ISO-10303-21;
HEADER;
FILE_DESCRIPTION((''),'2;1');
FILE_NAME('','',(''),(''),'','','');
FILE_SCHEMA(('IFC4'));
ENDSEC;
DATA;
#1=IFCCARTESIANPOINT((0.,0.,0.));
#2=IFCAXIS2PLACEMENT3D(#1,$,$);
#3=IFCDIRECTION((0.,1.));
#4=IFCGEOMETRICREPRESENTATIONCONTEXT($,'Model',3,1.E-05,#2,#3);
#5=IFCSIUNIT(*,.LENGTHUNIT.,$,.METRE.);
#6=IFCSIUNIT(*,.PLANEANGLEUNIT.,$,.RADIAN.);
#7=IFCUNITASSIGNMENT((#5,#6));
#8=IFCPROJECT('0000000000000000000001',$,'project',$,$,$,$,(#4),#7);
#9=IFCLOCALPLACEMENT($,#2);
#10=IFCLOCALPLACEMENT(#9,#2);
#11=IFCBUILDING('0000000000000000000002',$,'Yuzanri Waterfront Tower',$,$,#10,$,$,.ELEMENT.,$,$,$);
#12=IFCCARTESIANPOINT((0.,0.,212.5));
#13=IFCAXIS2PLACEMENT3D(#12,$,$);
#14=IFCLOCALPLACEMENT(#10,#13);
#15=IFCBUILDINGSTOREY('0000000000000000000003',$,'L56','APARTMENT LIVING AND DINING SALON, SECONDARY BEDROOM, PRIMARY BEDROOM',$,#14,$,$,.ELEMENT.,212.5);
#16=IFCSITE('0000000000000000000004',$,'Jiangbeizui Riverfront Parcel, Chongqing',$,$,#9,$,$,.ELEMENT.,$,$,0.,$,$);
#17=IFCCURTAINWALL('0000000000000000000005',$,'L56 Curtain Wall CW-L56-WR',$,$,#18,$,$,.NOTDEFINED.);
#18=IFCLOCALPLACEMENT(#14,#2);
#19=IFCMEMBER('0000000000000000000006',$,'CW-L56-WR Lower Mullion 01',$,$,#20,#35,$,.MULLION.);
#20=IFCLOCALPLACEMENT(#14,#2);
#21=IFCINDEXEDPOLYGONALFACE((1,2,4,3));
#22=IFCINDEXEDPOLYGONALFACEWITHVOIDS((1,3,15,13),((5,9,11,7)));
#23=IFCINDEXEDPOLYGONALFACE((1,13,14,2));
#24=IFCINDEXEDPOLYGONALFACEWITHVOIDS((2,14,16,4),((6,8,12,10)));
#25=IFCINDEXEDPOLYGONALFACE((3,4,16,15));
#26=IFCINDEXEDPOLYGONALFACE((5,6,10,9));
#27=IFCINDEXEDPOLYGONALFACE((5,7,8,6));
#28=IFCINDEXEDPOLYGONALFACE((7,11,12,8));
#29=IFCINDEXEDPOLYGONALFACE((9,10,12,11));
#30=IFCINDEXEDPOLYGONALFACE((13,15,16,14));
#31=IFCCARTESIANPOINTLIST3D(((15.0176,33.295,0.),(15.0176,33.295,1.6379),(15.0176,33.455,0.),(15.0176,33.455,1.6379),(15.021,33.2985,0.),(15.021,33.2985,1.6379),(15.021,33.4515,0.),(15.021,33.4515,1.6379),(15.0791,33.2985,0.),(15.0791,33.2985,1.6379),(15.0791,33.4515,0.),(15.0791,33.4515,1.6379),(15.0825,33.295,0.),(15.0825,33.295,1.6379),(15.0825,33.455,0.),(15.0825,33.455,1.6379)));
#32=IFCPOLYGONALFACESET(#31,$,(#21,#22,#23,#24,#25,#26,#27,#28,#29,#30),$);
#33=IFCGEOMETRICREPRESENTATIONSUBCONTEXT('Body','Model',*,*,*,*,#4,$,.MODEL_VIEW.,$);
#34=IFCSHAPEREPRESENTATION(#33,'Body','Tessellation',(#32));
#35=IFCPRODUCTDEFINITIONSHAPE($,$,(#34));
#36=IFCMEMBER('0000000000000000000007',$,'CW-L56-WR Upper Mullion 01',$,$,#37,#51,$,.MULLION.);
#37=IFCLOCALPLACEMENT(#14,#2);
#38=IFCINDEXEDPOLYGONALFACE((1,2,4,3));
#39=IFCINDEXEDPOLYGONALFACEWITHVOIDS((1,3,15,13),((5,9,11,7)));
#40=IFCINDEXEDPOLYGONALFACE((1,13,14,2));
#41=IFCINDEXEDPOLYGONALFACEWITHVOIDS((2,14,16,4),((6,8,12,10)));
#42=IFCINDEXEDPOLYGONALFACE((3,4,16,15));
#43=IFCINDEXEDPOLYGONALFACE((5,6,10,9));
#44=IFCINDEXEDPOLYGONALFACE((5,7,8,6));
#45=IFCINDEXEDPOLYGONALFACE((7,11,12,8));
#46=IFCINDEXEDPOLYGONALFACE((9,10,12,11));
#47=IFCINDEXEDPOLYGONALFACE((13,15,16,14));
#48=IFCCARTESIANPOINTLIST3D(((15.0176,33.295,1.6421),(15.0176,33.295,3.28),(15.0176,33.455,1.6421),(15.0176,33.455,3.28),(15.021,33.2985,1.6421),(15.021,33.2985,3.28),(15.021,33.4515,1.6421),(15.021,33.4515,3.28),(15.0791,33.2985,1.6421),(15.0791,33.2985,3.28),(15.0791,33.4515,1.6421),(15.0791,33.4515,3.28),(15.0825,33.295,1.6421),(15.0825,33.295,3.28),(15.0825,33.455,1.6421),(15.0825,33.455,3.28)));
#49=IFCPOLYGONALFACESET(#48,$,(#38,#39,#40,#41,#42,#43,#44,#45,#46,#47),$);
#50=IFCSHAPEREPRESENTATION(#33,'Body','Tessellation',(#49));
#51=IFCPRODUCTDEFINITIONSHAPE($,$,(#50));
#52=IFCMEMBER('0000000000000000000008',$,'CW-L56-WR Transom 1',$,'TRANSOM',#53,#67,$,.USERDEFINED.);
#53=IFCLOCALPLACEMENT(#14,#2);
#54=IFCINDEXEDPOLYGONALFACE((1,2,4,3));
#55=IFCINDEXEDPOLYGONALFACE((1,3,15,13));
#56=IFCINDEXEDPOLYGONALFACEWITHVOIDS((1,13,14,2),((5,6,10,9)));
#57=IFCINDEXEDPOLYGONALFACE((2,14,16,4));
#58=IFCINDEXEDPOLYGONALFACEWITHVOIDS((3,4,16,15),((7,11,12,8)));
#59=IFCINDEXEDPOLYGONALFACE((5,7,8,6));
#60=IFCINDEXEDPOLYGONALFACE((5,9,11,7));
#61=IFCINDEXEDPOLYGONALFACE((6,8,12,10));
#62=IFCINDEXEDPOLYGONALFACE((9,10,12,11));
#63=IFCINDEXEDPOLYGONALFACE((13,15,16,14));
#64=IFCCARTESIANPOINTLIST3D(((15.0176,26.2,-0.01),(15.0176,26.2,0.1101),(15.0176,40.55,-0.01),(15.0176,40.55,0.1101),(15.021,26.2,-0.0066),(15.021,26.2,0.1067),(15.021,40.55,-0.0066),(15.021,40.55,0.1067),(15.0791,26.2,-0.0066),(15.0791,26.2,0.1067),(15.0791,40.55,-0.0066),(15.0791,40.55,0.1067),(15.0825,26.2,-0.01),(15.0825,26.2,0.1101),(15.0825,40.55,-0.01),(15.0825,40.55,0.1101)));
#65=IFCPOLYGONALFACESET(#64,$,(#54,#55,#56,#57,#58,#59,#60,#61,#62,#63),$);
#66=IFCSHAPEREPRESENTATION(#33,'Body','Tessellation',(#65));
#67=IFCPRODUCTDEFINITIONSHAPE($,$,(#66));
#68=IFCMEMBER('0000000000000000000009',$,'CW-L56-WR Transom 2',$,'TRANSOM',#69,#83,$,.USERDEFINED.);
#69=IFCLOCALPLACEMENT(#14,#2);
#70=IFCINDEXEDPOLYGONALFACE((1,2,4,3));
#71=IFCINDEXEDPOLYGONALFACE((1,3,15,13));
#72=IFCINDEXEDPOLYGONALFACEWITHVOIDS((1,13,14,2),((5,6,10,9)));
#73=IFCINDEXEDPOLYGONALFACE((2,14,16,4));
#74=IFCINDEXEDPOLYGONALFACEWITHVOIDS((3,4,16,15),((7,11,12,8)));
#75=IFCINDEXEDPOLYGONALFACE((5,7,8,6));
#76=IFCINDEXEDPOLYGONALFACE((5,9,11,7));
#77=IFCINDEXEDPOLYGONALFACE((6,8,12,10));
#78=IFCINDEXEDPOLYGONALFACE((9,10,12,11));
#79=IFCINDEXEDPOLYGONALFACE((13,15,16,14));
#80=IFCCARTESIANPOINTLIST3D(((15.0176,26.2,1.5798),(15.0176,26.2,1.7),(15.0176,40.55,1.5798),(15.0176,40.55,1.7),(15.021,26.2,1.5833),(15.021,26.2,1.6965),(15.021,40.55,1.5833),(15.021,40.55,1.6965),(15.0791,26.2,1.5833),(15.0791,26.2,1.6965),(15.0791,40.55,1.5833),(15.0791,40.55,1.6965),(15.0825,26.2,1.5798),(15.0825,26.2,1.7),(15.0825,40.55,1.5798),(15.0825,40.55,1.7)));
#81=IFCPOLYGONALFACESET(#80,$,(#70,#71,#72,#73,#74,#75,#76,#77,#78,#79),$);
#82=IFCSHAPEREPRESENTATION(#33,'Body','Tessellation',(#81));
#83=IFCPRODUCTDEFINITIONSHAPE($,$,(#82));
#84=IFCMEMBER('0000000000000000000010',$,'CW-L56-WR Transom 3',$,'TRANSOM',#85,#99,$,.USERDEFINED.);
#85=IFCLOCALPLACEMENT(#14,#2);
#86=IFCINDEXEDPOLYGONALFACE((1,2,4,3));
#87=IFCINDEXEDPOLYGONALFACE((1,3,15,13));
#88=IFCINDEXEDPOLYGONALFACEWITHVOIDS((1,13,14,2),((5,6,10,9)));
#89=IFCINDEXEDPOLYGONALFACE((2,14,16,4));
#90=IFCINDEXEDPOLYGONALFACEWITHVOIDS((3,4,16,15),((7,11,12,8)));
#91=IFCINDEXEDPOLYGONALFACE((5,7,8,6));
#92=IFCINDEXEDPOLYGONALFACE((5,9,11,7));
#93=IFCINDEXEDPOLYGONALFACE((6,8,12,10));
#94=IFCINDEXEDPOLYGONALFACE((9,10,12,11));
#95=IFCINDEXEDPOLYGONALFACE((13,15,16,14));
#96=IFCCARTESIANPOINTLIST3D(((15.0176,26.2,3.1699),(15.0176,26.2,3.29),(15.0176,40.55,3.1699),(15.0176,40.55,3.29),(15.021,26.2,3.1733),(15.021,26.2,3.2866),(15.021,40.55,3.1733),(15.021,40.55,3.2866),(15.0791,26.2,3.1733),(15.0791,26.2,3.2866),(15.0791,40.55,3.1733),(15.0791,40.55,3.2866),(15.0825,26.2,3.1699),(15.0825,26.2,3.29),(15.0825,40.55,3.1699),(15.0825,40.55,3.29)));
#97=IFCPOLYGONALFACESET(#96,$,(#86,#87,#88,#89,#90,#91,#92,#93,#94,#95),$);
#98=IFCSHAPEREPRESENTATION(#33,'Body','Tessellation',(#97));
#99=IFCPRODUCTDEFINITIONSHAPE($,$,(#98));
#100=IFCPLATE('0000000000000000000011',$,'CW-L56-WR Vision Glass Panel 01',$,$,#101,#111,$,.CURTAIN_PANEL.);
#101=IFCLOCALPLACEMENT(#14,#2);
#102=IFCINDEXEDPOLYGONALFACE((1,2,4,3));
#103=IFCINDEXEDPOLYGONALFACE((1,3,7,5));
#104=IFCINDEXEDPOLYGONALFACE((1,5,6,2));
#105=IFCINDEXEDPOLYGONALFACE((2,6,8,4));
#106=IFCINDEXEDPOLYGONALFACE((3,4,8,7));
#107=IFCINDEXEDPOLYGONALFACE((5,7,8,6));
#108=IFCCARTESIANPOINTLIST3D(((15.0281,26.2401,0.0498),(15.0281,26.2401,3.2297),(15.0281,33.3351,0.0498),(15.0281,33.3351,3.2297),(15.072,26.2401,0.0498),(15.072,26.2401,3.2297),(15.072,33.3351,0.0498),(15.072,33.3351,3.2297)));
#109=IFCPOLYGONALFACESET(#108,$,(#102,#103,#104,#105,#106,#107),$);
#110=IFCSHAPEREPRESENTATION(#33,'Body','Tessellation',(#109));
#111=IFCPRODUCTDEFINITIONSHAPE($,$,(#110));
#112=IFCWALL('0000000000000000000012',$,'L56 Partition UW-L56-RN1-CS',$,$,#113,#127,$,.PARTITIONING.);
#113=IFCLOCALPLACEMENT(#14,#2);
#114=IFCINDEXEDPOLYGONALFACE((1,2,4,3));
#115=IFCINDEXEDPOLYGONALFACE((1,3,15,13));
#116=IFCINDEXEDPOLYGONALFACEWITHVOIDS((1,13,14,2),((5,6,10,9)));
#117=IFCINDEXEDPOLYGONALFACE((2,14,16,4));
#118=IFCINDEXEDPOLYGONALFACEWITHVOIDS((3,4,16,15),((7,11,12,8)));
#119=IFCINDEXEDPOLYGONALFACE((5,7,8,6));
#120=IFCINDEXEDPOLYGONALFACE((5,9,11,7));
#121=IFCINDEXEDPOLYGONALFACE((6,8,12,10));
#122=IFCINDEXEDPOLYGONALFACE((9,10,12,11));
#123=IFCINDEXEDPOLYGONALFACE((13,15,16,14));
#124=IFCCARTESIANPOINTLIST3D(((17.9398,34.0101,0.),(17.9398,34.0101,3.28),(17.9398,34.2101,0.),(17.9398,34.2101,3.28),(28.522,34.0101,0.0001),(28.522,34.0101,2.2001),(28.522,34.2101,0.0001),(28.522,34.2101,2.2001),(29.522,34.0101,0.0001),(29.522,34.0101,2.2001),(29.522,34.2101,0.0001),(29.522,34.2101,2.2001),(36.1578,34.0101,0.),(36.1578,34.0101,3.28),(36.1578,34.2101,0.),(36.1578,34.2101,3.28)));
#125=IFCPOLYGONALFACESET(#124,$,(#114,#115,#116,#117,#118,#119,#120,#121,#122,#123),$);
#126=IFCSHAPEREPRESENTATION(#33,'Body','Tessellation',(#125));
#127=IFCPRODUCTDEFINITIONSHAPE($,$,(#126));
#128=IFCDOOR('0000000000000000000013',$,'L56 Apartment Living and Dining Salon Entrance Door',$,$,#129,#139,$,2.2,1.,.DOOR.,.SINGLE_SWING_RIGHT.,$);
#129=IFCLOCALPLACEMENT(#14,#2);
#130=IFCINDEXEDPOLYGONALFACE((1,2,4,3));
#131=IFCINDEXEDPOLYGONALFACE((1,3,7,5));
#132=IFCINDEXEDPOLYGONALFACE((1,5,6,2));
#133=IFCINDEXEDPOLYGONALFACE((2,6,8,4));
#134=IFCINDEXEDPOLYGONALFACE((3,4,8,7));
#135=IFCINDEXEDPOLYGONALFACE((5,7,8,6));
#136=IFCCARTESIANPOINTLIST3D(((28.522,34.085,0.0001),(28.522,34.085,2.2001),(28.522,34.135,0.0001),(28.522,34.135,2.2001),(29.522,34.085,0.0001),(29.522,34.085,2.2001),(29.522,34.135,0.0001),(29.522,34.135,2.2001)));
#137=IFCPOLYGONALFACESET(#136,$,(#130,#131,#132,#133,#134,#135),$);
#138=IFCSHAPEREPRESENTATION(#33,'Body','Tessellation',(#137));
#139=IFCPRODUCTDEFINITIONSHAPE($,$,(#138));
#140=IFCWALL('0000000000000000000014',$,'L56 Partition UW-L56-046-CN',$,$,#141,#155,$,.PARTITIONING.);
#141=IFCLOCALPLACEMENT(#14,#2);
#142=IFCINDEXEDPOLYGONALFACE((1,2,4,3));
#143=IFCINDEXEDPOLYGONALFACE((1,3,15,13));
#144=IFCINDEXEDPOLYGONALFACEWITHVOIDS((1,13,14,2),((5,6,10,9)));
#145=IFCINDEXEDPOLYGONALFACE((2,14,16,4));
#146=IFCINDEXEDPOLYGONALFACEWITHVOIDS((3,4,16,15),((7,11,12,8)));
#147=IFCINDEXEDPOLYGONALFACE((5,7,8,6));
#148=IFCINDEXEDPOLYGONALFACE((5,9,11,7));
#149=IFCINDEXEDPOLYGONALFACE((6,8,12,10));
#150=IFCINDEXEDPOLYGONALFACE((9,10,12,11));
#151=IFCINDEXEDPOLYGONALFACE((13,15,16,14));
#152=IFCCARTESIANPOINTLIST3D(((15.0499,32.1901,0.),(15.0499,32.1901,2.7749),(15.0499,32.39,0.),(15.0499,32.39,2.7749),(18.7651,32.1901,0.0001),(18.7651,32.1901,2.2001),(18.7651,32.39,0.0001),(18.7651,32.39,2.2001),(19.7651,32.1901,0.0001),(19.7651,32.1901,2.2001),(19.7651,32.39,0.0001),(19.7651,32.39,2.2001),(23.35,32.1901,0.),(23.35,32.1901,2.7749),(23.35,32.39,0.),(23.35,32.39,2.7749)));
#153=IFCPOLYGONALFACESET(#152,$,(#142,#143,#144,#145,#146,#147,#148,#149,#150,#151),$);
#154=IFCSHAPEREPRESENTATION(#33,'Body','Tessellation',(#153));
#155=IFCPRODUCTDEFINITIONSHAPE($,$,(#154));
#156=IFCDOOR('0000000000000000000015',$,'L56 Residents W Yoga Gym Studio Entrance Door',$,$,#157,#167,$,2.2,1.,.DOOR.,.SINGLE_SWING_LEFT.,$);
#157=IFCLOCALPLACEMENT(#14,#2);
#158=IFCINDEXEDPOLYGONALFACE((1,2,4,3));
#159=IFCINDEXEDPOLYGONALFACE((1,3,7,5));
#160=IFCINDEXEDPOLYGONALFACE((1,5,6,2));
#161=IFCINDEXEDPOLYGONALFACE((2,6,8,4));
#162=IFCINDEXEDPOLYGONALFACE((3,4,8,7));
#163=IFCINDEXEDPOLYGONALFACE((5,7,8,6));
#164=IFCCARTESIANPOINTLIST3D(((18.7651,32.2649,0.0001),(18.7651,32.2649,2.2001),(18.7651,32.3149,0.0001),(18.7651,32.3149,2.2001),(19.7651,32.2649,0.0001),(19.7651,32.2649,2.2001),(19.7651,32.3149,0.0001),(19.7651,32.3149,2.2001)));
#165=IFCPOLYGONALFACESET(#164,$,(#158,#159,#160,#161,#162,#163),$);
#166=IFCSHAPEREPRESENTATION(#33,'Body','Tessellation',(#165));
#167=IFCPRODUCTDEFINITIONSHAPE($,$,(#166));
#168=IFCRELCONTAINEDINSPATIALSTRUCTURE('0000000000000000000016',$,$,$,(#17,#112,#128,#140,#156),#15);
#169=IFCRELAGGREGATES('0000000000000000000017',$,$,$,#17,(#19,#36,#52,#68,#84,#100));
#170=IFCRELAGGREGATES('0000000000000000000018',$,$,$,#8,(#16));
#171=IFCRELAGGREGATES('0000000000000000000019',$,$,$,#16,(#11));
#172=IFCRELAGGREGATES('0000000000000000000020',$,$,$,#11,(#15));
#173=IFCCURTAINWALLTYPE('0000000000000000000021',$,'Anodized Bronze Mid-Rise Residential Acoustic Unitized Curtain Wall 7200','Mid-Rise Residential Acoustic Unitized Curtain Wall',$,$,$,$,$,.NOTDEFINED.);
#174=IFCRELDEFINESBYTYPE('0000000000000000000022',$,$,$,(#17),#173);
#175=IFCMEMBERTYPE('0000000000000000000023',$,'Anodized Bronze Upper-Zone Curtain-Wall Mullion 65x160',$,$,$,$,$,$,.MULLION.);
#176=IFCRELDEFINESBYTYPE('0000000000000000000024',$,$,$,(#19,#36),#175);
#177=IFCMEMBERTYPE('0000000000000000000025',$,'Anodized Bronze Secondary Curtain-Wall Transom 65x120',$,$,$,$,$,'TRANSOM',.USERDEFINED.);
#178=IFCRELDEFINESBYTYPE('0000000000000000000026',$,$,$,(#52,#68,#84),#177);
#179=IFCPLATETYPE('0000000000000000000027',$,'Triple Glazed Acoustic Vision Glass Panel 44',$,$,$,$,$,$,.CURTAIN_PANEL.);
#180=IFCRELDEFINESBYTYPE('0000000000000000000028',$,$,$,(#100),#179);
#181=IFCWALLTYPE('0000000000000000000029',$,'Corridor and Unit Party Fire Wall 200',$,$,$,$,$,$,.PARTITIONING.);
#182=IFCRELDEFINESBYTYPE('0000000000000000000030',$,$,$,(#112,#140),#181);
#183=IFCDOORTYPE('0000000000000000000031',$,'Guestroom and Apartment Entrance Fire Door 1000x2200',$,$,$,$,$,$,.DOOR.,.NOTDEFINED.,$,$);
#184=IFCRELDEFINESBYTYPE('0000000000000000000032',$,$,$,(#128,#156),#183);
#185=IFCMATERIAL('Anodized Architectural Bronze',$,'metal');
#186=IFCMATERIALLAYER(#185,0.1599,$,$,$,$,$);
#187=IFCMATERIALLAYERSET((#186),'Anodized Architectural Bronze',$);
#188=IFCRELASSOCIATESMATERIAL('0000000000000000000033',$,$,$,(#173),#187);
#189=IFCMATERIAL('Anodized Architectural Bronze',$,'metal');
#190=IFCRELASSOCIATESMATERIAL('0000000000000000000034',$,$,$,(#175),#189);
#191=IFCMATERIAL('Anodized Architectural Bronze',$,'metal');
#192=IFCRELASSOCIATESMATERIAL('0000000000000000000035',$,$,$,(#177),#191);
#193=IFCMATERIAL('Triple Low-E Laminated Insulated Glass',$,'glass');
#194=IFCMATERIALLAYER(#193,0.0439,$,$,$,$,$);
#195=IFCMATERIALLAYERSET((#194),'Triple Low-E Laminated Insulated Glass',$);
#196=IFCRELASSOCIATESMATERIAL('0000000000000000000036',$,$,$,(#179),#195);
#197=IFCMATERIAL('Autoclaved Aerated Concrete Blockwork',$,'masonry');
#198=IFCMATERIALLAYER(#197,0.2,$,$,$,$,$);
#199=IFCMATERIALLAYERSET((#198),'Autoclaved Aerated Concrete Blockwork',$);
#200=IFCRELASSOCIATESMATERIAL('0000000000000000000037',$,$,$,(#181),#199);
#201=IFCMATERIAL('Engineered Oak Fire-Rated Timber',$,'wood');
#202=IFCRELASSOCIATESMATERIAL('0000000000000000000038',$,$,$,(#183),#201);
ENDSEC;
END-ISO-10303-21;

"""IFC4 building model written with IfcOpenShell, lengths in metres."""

from ifc_helpers import new_model, si_unit, direction, frame, frame_2d, origin, origin_2d, place, context, subcontext, project, spatial, rectangle, hollow_rectangle, extrude, source, transform, mapped, material, layer, layer_set, material_profile, profile_set, type_object, element, fill, aggregate, save


model = new_model("IFC4")

# Units and contexts
model_context = context("Model", 3, precision=1e-05, world=origin(), true_north=direction((0.0, 1.0)))
body_context = subcontext(model_context, "Body", "Model", "MODEL_VIEW")
ifc_project = project(units=[si_unit("LENGTHUNIT", "METRE"), si_unit("PLANEANGLEUNIT", "RADIAN")], contexts=[model_context])

# Site, building, storey
site_placement = place(None, origin())
site = spatial("IfcSite", under=ifc_project, at=site_placement, Name="Jiangbeizui Riverfront Parcel, Chongqing", CompositionType="ELEMENT", RefElevation=0.0)
building_placement = place(site_placement, origin())
building = spatial("IfcBuilding", under=site, at=building_placement, Name="Yuzanri Waterfront Tower", CompositionType="ELEMENT")
storey_placement = place(building_placement, frame((0.0, 0.0, 212.5)))
storey = spatial("IfcBuildingStorey", under=building, at=storey_placement, Name="L56", Description="APARTMENT LIVING AND DINING SALON, SECONDARY BEDROOM, PRIMARY BEDROOM", CompositionType="ELEMENT", Elevation=212.5)

# Shared definitions
ifc_material_1 = material(Name="Anodized Architectural Bronze", Category="metal")
ifc_layer_1 = layer(ifc_material_1, 0.1599)
ifc_layer_set_1 = layer_set([ifc_layer_1], Name="Anodized Architectural Bronze")
curtain_wall_type = type_object("IfcCurtainWallType", Name="Anodized Bronze Mid-Rise Residential Acoustic Unitized Curtain Wall 7200", Description="Mid-Rise Residential Acoustic Unitized Curtain Wall", PredefinedType="NOTDEFINED", material=ifc_layer_set_1)
ifc_material_2 = material(Name="Anodized Architectural Bronze", Category="metal")
ifc_material_profile_1 = material_profile(ifc_material_2, hollow_rectangle(XDim=0.0649, YDim=0.1599, WallThickness=0.0034, at=origin_2d()), Name="CWM 65x160")
ifc_profile_set_1 = profile_set([ifc_material_profile_1], Name="Anodized Architectural Bronze")
member_type_1 = type_object("IfcMemberType", Name="Anodized Bronze Upper-Zone Curtain-Wall Mullion 65x160", PredefinedType="MULLION", material=ifc_profile_set_1)
shared_shape_1 = source(origin(), body_context, "Body", "SweptSolid", [
    extrude(hollow_rectangle(XDim=0.0649, YDim=0.1599, WallThickness=0.0034, at=origin_2d()), origin(), (0.0, 0.0, 1.0), 1.6379),
])

# Curtain wall, members, plate
curtain_wall_1_placement = place(storey_placement, origin())
curtain_wall_1 = element("IfcCurtainWall", 1, at=curtain_wall_1_placement, inside=storey, type_object=curtain_wall_type, Name="L56 Curtain Wall CW-L56-WR", PredefinedType="NOTDEFINED")
member_1_placement = place(storey_placement, frame((15.05, 33.375, 0.0), z_axis=(0.0, 0.0, 1.0), x_axis=(1.0, 0.0, 0.0)))
member_1 = element("IfcMember", 2, at=member_1_placement, type_object=member_type_1, Name="CW-L56-WR Lower Mullion 01", PredefinedType="MULLION", context=body_context, shape_type="MappedRepresentation", body=[
    mapped(shared_shape_1, transform((0.0, 0.0, 0.0), scale=1.0)),
])
member_2_placement = place(storey_placement, frame((15.05, 33.375, 1.6421), z_axis=(0.0, 0.0, 1.0), x_axis=(1.0, 0.0, 0.0)))
member_2 = element("IfcMember", 3, at=member_2_placement, type_object=member_type_1, Name="CW-L56-WR Upper Mullion 01", PredefinedType="MULLION", context=body_context, shape_type="MappedRepresentation", body=[
    mapped(shared_shape_1, transform((0.0, 0.0, 0.0), scale=1.0)),
])
ifc_material_3 = material(Name="Anodized Architectural Bronze", Category="metal")
ifc_material_profile_2 = material_profile(ifc_material_3, hollow_rectangle(XDim=0.0649, YDim=0.1201, WallThickness=0.0034, at=origin_2d()), Name="CWT 65x120")
ifc_profile_set_2 = profile_set([ifc_material_profile_2], Name="Anodized Architectural Bronze")
member_type_2 = type_object("IfcMemberType", Name="Anodized Bronze Secondary Curtain-Wall Transom 65x120", ElementType="TRANSOM", PredefinedType="USERDEFINED", material=ifc_profile_set_2)
shared_shape_2 = source(origin(), body_context, "Body", "SweptSolid", [
    extrude(hollow_rectangle(XDim=0.0649, YDim=0.1201, WallThickness=0.0034, at=origin_2d()), origin(), (0.0, 0.0, 1.0), 14.3501),
])
member_3_placement = place(storey_placement, frame((15.05, 26.2, 0.05), z_axis=(0.0, 1.0, 0.0), x_axis=(-1.0, 0.0, 0.0)))
member_3 = element("IfcMember", 4, at=member_3_placement, type_object=member_type_2, Name="CW-L56-WR Transom 1", ObjectType="TRANSOM", PredefinedType="USERDEFINED", context=body_context, shape_type="MappedRepresentation", body=[
    mapped(shared_shape_2, transform((0.0, 0.0, 0.0), scale=1.0)),
])
member_4_placement = place(storey_placement, frame((15.05, 26.2, 1.6399), z_axis=(0.0, 1.0, 0.0), x_axis=(-1.0, 0.0, 0.0)))
member_4 = element("IfcMember", 5, at=member_4_placement, type_object=member_type_2, Name="CW-L56-WR Transom 2", ObjectType="TRANSOM", PredefinedType="USERDEFINED", context=body_context, shape_type="MappedRepresentation", body=[
    mapped(shared_shape_2, transform((0.0, 0.0, 0.0), scale=1.0)),
])
member_5_placement = place(storey_placement, frame((15.05, 26.2, 3.23), z_axis=(0.0, 1.0, 0.0), x_axis=(-1.0, 0.0, 0.0)))
member_5 = element("IfcMember", 6, at=member_5_placement, type_object=member_type_2, Name="CW-L56-WR Transom 3", ObjectType="TRANSOM", PredefinedType="USERDEFINED", context=body_context, shape_type="MappedRepresentation", body=[
    mapped(shared_shape_2, transform((0.0, 0.0, 0.0), scale=1.0)),
])
ifc_material_4 = material(Name="Triple Low-E Laminated Insulated Glass", Category="glass")
ifc_layer_2 = layer(ifc_material_4, 0.0439)
ifc_layer_set_2 = layer_set([ifc_layer_2], Name="Triple Low-E Laminated Insulated Glass")
plate_type = type_object("IfcPlateType", Name="Triple Glazed Acoustic Vision Glass Panel 44", PredefinedType="CURTAIN_PANEL", material=ifc_layer_set_2)
shared_shape_3 = source(origin(), body_context, "Body", "SweptSolid", [
    extrude(rectangle(XDim=7.095, YDim=0.0439, at=origin_2d()), origin(), (0.0, 0.0, 1.0), 3.1799),
])
plate_placement = place(storey_placement, frame((15.05, 29.7876, 0.0498), z_axis=(0.0, 0.0, 1.0), x_axis=(0.0, 1.0, 0.0)))
plate = element("IfcPlate", 7, at=plate_placement, type_object=plate_type, Name="CW-L56-WR Vision Glass Panel 01", PredefinedType="CURTAIN_PANEL", context=body_context, shape_type="MappedRepresentation", body=[
    mapped(shared_shape_3, transform((0.0, 0.0, 0.0), scale=1.0)),
])
aggregate(curtain_wall_1, [member_1, member_2, member_3, member_4, member_5, plate])

# Walls, openings, doors
ifc_material_5 = material(Name="Autoclaved Aerated Concrete Blockwork", Category="masonry")
ifc_layer_3 = layer(ifc_material_5, 0.2)
ifc_layer_set_3 = layer_set([ifc_layer_3], Name="Autoclaved Aerated Concrete Blockwork")
wall_type_1 = type_object("IfcWallType", Name="Corridor and Unit Party Fire Wall 200", PredefinedType="PARTITIONING", material=ifc_layer_set_3)
wall_1_placement = place(storey_placement, frame((17.9399, 34.1101, 0.0), z_axis=(0.0, 0.0, 1.0), x_axis=(1.0, 0.0, 0.0)))
wall_1 = element("IfcWall", 8, at=wall_1_placement, inside=storey, type_object=wall_type_1, Name="L56 Partition UW-L56-RN1-CS", PredefinedType="PARTITIONING", context=body_context, shape_type="SweptSolid", body=[
    extrude(rectangle(XDim=18.218, YDim=0.2, at=frame_2d((9.1089, 0.0))), origin(), (0.0, 0.0, 1.0), 3.28),
])
opening_1_placement = place(wall_1_placement, frame((10.582, 0.0, 0.0)))
opening_1 = element("IfcOpeningElement", 9, at=opening_1_placement, cuts=wall_1, PredefinedType="OPENING", context=body_context, shape_type="SweptSolid", body=[
    extrude(rectangle(XDim=1.0, YDim=2.2, at=frame_2d((0.5, 1.1001))), frame((0.0, 0.1147, 0.0), z_axis=(0.0, -1.0, 0.0), x_axis=(1.0, 0.0, 0.0)), (0.0, 0.0, 1.0), 0.2297),
])
ifc_material_6 = material(Name="Engineered Oak Fire-Rated Timber", Category="wood")
door_type_1 = type_object("IfcDoorType", Name="Guestroom and Apartment Entrance Fire Door 1000x2200", OperationType="NOTDEFINED", PredefinedType="DOOR", material=ifc_material_6)
shared_shape_4 = source(origin(), body_context, "Body", "SweptSolid", [
    extrude(rectangle(XDim=1.0, YDim=2.2, at=frame_2d((0.5, 1.1001))), frame((0.0, 0.0249, 0.0), z_axis=(0.0, -1.0, 0.0), x_axis=(1.0, 0.0, 0.0)), (0.0, 0.0, 1.0), 0.05),
])
door_1_placement = place(opening_1_placement, origin())
door_1 = element("IfcDoor", 10, at=door_1_placement, inside=storey, type_object=door_type_1, Name="L56 Apartment Living and Dining Salon Entrance Door", OperationType="SINGLE_SWING_RIGHT", OverallHeight=2.2, OverallWidth=1.0, PredefinedType="DOOR", context=body_context, shape_type="MappedRepresentation", body=[
    mapped(shared_shape_4, transform((0.0, 0.0, 0.0), scale=1.0)),
])
fill(opening_1, door_1)
wall_2_placement = place(storey_placement, frame((15.05, 32.29, 0.0), z_axis=(0.0, 0.0, 1.0), x_axis=(1.0, 0.0, 0.0)))
wall_2 = element("IfcWall", 11, at=wall_2_placement, inside=storey, type_object=wall_type_1, Name="L56 Partition UW-L56-046-CN", PredefinedType="PARTITIONING", context=body_context, shape_type="SweptSolid", body=[
    extrude(rectangle(XDim=8.3, YDim=0.2, at=frame_2d((4.1499, 0.0))), origin(), (0.0, 0.0, 1.0), 2.7749),
])
opening_2_placement = place(wall_2_placement, frame((3.7151, 0.0, 0.0)))
opening_2 = element("IfcOpeningElement", 12, at=opening_2_placement, cuts=wall_2, PredefinedType="OPENING", context=body_context, shape_type="SweptSolid", body=[
    extrude(rectangle(XDim=1.0, YDim=2.2, at=frame_2d((0.5, 1.1001))), frame((0.0, 0.1147, 0.0), z_axis=(0.0, -1.0, 0.0), x_axis=(1.0, 0.0, 0.0)), (0.0, 0.0, 1.0), 0.2297),
])
door_2_placement = place(opening_2_placement, origin())
door_2 = element("IfcDoor", 13, at=door_2_placement, inside=storey, type_object=door_type_1, Name="L56 Residents W Yoga Gym Studio Entrance Door", OperationType="SINGLE_SWING_LEFT", OverallHeight=2.2, OverallWidth=1.0, PredefinedType="DOOR", context=body_context, shape_type="MappedRepresentation", body=[
    mapped(shared_shape_4, transform((0.0, 0.0, 0.0), scale=1.0)),
])
fill(opening_2, door_2)

save(model, "model.ifc")
